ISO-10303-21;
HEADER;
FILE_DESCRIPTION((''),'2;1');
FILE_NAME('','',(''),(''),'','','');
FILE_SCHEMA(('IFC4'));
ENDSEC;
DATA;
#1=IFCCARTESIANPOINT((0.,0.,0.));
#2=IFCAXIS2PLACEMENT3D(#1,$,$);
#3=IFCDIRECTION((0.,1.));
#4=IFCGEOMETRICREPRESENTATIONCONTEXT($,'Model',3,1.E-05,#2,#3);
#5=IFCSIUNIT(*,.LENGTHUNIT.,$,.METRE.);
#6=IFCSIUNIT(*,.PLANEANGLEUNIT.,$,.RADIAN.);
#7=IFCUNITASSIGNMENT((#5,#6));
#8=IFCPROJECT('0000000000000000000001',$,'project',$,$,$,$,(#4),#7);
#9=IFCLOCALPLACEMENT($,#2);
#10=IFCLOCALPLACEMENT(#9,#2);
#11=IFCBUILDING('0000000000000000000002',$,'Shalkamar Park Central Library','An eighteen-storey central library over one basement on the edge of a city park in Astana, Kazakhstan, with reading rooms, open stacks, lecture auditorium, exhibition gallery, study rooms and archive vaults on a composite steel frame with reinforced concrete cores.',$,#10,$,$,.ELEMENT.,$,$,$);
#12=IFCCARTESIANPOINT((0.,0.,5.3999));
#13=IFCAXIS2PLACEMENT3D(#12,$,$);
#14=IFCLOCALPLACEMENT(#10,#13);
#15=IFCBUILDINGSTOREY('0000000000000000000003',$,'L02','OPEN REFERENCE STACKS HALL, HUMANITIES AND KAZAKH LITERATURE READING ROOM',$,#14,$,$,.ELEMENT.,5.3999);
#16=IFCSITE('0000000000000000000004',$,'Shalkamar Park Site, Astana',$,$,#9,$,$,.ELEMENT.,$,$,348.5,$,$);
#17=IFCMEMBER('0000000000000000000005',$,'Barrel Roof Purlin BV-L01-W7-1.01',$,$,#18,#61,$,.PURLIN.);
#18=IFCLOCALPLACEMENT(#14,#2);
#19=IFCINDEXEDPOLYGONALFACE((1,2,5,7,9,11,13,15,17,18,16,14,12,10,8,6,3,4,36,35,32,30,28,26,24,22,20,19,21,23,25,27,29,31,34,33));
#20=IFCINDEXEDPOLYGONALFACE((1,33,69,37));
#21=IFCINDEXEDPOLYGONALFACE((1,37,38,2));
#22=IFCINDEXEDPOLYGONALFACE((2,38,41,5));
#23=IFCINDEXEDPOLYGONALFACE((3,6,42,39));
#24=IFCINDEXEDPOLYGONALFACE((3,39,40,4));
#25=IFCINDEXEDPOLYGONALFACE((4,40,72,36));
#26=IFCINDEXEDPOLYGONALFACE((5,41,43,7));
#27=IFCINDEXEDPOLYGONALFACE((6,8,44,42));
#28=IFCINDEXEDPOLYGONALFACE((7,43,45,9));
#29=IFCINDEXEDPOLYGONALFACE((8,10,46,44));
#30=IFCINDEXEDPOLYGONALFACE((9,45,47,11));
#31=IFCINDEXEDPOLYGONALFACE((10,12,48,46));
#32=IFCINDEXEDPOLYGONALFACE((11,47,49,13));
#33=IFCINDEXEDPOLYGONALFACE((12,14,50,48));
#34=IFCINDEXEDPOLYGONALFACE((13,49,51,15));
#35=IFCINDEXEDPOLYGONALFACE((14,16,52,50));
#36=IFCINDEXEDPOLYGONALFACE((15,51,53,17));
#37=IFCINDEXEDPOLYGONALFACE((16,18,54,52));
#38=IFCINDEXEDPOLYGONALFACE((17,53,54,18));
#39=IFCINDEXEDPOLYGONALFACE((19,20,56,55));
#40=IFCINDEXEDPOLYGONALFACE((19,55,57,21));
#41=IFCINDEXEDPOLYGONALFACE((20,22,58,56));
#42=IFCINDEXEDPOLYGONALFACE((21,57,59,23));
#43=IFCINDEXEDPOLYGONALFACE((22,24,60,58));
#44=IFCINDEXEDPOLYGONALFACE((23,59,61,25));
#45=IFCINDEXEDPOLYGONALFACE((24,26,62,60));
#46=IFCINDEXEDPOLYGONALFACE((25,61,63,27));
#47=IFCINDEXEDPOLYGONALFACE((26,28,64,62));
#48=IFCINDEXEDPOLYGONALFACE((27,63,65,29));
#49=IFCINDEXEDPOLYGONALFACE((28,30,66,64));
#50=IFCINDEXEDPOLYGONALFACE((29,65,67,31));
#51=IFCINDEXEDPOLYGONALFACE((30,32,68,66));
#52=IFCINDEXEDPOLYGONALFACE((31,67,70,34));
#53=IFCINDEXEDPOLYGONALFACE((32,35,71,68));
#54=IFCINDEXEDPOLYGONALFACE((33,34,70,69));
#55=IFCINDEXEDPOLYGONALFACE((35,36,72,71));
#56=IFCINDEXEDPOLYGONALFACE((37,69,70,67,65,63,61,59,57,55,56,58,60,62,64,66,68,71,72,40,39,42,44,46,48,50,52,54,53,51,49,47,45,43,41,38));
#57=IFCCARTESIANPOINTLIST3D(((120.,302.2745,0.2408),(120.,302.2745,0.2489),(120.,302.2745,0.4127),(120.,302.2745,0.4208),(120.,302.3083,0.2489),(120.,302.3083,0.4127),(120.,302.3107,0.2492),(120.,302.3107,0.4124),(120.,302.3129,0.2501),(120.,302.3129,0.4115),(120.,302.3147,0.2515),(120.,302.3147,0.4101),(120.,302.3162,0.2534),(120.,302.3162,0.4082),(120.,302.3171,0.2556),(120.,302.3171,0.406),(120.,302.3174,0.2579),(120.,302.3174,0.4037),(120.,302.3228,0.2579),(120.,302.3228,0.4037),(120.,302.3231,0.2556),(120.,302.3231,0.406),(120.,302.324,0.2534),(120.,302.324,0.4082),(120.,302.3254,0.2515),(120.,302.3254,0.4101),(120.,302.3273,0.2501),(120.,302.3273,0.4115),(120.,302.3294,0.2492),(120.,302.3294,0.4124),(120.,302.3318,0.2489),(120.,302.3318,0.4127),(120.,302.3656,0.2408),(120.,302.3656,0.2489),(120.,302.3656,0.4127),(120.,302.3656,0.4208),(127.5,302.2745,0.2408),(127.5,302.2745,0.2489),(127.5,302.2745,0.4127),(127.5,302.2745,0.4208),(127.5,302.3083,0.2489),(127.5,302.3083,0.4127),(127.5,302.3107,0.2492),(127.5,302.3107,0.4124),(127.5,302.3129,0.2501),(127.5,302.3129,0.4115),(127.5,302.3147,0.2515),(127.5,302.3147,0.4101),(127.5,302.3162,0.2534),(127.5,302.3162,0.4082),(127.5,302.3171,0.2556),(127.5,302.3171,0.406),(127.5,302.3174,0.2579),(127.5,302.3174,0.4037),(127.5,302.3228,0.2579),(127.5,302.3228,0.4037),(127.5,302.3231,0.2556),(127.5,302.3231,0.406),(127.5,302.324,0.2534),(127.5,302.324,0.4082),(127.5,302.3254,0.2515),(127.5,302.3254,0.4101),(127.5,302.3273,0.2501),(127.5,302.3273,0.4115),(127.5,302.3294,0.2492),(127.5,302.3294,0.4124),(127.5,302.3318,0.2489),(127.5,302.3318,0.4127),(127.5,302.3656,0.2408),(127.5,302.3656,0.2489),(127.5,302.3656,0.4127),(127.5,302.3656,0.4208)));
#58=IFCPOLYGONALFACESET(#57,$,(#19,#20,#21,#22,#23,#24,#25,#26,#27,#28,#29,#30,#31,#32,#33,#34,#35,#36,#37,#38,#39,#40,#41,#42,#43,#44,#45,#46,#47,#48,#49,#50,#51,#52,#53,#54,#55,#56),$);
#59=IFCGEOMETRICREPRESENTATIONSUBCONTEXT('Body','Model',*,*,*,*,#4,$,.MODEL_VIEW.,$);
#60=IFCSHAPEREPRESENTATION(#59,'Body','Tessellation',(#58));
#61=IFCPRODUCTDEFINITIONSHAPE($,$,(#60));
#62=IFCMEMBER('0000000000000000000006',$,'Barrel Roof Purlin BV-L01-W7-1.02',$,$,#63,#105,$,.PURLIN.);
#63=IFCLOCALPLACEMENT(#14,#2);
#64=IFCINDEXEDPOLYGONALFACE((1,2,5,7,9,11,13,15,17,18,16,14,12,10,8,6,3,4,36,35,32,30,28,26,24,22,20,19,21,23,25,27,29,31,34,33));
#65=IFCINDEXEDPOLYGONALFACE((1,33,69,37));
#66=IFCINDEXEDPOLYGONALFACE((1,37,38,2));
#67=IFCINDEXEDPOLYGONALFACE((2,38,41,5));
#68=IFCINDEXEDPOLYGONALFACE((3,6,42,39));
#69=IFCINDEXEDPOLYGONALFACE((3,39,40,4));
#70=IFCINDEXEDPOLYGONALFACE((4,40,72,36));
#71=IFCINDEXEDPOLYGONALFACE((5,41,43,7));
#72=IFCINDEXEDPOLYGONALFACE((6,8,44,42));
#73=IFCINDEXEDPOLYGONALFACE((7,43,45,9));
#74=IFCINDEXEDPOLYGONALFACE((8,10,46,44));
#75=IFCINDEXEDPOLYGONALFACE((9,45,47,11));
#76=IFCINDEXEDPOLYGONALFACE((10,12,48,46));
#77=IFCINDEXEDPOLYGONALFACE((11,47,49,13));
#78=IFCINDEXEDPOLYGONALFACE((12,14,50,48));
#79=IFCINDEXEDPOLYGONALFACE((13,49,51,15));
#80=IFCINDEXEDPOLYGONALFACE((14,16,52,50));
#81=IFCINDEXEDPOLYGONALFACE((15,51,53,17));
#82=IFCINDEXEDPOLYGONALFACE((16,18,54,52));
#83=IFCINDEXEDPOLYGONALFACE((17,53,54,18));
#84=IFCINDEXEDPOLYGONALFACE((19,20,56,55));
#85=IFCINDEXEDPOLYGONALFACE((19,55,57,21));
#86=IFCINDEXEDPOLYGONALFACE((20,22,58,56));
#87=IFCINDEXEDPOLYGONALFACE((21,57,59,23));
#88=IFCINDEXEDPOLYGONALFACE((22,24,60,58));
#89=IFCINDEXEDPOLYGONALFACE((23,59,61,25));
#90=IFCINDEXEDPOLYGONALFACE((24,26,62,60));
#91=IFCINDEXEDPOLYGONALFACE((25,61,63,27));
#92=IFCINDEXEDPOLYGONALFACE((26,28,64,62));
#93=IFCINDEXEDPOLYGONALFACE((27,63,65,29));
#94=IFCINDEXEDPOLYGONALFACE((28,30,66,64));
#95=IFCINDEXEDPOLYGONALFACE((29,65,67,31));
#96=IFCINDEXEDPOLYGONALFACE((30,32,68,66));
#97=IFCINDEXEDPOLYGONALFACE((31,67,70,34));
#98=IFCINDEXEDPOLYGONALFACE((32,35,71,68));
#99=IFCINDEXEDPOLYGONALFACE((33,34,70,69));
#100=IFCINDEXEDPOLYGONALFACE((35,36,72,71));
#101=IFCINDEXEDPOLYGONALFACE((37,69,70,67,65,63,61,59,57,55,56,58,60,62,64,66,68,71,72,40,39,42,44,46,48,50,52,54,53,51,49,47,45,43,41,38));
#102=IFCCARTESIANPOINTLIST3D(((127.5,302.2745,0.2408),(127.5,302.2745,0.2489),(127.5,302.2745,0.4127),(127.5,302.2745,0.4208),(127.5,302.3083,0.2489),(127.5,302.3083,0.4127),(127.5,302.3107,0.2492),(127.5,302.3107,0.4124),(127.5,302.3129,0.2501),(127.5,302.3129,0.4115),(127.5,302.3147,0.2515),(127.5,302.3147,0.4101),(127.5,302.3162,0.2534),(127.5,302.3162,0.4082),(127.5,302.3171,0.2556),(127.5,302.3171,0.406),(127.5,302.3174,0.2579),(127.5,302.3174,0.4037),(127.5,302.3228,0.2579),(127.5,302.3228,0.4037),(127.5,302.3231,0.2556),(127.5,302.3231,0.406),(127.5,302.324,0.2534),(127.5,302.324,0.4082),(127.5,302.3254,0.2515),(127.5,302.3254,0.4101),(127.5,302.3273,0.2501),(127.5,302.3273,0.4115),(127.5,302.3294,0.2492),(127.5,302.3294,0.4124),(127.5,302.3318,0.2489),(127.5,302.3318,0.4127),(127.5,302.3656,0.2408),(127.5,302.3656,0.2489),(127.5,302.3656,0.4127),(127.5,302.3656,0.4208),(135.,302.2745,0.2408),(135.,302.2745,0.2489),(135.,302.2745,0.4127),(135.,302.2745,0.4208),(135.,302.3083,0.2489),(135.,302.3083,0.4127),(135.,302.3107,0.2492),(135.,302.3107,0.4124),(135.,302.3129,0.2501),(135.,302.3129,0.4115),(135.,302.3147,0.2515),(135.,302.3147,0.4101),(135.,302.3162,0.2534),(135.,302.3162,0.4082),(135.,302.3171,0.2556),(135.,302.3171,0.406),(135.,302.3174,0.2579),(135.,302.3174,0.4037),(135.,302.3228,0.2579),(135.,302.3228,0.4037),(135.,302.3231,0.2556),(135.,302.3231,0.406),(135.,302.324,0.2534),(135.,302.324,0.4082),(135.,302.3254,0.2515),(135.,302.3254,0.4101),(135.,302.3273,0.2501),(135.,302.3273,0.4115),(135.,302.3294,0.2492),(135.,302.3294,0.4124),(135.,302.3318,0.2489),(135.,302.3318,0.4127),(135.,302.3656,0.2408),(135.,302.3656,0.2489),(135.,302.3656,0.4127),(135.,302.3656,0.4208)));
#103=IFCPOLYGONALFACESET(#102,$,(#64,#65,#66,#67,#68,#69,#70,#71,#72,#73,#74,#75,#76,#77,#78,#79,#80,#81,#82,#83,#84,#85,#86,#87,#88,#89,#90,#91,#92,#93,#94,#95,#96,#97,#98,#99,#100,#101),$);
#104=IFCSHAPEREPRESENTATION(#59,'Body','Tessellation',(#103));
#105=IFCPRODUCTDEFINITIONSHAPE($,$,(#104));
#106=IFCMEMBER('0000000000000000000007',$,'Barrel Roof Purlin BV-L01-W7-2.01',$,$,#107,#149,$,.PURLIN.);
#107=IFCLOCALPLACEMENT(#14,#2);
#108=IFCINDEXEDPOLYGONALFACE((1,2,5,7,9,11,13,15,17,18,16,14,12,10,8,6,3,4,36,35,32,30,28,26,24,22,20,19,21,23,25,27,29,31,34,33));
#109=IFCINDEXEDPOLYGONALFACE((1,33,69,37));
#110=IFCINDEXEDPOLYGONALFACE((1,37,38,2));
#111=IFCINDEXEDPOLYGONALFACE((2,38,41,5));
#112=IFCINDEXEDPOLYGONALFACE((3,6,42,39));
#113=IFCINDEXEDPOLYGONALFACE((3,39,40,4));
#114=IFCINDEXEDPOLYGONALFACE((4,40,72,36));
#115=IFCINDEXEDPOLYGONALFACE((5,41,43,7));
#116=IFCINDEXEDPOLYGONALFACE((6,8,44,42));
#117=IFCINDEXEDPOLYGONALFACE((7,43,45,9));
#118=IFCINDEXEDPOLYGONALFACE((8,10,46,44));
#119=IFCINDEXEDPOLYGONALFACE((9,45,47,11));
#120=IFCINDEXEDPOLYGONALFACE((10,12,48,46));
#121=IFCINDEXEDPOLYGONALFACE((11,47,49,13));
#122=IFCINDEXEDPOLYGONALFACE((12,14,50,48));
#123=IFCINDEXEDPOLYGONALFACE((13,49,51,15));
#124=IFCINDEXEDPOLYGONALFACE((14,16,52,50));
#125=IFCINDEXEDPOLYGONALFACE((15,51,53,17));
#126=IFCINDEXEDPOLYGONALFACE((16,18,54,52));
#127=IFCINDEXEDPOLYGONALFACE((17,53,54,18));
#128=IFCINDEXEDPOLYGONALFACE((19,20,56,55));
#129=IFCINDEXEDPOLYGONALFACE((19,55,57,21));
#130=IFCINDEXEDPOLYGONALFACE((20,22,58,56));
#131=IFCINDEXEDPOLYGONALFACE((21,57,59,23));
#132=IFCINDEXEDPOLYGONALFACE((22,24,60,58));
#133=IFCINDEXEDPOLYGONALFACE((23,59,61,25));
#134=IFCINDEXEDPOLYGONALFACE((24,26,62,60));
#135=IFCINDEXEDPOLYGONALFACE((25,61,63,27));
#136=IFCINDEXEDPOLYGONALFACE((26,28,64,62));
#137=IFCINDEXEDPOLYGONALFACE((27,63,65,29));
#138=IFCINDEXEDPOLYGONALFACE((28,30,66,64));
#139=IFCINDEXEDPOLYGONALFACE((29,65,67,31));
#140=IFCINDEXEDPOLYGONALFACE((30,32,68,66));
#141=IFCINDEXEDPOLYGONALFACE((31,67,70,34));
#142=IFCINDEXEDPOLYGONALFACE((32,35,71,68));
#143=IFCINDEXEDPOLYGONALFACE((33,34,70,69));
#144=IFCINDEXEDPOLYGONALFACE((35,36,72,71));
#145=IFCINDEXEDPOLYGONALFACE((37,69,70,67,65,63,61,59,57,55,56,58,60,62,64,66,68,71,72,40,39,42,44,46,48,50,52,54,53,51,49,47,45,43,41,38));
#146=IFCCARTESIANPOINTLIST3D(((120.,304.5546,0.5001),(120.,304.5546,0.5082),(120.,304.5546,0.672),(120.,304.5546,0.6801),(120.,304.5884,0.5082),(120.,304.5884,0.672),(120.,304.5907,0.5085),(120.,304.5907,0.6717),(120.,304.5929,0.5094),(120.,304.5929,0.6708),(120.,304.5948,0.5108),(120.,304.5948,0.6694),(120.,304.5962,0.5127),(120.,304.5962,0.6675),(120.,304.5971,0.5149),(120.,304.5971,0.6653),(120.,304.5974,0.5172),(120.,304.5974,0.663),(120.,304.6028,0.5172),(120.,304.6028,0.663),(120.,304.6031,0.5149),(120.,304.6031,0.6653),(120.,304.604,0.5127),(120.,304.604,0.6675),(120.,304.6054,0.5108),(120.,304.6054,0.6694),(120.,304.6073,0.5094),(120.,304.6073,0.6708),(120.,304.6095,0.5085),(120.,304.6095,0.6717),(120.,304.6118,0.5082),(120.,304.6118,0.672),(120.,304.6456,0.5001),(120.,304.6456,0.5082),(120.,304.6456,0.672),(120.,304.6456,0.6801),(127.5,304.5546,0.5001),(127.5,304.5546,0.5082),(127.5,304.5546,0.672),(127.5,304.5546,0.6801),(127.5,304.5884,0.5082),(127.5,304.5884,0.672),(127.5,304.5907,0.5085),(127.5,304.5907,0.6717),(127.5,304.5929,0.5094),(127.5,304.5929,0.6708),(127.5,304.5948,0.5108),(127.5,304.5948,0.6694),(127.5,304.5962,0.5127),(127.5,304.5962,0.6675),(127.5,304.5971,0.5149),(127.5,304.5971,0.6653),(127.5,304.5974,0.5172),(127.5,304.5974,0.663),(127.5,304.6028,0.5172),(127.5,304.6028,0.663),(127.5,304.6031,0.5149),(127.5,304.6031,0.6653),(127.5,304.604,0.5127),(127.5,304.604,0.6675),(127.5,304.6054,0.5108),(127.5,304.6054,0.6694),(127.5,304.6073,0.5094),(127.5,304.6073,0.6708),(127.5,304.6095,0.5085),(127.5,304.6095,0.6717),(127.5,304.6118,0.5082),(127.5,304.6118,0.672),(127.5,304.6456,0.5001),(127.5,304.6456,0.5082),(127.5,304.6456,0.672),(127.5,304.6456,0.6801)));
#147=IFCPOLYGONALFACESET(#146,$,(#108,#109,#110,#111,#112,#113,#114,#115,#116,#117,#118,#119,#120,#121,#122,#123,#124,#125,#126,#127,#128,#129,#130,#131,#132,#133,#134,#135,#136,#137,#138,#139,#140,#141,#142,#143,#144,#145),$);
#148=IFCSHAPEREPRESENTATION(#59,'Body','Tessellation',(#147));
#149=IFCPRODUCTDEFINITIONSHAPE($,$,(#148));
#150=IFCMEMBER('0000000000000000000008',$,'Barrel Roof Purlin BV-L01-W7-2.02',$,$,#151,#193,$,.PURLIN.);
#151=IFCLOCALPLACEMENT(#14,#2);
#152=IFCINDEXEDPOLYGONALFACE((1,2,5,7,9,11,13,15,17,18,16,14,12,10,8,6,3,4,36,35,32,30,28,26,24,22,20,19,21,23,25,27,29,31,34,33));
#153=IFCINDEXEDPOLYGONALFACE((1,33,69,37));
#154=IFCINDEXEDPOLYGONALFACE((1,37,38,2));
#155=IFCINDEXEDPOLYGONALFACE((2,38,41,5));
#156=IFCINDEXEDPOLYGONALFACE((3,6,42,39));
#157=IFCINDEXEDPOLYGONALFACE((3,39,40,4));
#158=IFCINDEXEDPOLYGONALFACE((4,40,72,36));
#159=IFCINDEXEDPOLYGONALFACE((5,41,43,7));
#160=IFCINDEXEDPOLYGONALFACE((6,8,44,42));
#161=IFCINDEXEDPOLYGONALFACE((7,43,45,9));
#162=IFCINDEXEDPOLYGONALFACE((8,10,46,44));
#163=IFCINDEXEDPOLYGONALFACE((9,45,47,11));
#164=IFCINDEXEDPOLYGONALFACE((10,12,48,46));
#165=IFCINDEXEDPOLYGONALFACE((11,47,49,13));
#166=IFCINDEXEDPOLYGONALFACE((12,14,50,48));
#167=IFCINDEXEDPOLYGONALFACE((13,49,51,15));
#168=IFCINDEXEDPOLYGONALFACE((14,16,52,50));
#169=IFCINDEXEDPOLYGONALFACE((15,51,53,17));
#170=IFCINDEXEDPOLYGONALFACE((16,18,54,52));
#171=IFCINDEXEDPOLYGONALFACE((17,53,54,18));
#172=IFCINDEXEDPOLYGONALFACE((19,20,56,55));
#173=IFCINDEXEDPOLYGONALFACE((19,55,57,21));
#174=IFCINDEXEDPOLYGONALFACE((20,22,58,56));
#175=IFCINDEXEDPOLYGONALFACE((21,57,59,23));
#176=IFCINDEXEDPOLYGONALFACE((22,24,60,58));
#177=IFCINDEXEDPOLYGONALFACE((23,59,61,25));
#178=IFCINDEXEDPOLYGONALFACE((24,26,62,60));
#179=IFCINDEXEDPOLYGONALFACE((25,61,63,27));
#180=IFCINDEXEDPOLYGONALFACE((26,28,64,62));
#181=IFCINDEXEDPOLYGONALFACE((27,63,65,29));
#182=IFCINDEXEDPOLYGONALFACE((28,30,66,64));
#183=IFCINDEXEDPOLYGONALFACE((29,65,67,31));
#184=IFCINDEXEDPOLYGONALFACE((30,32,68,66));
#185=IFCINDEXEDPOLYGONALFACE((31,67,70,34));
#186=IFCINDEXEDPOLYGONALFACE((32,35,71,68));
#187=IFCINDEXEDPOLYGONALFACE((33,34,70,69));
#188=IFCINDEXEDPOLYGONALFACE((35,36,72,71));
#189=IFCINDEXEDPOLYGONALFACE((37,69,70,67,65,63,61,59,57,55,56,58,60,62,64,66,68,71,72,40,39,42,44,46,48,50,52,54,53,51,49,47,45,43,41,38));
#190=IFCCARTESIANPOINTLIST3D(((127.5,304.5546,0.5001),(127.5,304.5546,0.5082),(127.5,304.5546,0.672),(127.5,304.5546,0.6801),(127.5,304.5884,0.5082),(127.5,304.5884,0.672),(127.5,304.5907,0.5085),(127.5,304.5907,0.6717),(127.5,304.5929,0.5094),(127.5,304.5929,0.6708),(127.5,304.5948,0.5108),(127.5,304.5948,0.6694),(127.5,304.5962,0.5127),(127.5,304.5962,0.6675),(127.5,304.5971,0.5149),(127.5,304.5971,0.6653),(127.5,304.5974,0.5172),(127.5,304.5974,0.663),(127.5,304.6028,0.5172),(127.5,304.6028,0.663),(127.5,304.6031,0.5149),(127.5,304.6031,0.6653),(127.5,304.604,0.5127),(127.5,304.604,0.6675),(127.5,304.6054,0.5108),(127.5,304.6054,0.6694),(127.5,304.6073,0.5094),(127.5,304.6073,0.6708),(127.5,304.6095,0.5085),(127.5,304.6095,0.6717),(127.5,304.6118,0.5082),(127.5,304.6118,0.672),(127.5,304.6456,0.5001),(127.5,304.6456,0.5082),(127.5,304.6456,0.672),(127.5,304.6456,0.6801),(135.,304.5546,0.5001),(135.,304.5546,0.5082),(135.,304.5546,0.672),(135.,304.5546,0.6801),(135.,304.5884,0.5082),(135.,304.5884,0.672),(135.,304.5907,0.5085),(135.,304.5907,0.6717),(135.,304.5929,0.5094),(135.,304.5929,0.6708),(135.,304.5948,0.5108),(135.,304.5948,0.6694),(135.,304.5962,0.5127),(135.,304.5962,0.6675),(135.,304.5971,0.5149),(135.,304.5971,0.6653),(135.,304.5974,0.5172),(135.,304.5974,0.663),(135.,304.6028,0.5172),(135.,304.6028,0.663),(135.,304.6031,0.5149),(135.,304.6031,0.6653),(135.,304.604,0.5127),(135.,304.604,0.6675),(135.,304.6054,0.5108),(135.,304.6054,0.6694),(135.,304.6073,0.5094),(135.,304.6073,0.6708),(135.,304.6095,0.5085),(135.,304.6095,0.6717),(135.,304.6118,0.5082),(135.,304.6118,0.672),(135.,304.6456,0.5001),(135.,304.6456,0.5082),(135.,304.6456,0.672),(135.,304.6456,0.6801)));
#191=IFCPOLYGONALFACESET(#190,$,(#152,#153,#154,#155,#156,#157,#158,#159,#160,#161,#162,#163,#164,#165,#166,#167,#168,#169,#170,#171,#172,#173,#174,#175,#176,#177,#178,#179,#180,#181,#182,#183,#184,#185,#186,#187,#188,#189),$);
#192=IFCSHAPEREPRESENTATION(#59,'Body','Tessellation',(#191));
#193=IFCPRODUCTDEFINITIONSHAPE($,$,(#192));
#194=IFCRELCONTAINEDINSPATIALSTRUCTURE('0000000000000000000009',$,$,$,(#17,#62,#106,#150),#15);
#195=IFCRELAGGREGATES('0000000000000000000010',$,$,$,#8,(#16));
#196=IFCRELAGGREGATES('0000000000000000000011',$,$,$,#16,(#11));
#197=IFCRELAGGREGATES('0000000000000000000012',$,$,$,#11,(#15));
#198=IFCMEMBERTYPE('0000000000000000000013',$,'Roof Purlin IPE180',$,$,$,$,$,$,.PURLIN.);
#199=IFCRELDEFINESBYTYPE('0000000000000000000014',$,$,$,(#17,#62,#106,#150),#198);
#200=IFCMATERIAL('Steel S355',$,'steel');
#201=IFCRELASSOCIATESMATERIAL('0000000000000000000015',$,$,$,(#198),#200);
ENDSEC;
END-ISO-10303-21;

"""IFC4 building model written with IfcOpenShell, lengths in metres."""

from ifc_helpers import new_model, si_unit, direction, frame, origin, origin_2d, place, context, subcontext, project, spatial, i_section, extrude, material, material_profile, profile_set, type_object, element, save


model = new_model("IFC4")

# Units and contexts
model_context = context("Model", 3, precision=1e-05, world=origin(), true_north=direction((0.0, 1.0)))
body_context = subcontext(model_context, "Body", "Model", "MODEL_VIEW")
ifc_project = project(units=[si_unit("LENGTHUNIT", "METRE"), si_unit("PLANEANGLEUNIT", "RADIAN")], contexts=[model_context])

# Site, building, storey
site_placement = place(None, origin())
site = spatial("IfcSite", under=ifc_project, at=site_placement, Name="Shalkamar Park Site, Astana", CompositionType="ELEMENT", RefElevation=348.5)
building_placement = place(site_placement, origin())
building = spatial("IfcBuilding", under=site, at=building_placement, Name="Shalkamar Park Central Library", Description="An eighteen-storey central library over one basement on the edge of a city park in Astana, Kazakhstan, with reading rooms, open stacks, lecture auditorium, exhibition gallery, study rooms and archive vaults on a composite steel frame with reinforced concrete cores.", CompositionType="ELEMENT")
storey_placement = place(building_placement, frame((0.0, 0.0, 5.3999)))
storey = spatial("IfcBuildingStorey", under=building, at=storey_placement, Name="L02", Description="OPEN REFERENCE STACKS HALL, HUMANITIES AND KAZAKH LITERATURE READING ROOM", CompositionType="ELEMENT", Elevation=5.3999)

# Shared definitions
ifc_material_1 = material(Name="Steel S355", Category="steel")

# Members
ifc_material_profile_1 = material_profile(ifc_material_1, i_section(OverallWidth=0.0911, OverallDepth=0.1799, WebThickness=0.0054, FlangeThickness=0.0081, FilletRadius=0.009, at=origin_2d()), Name="IPE 180")
ifc_profile_set_1 = profile_set([ifc_material_profile_1], Name="Steel S355")
member_type_1 = type_object("IfcMemberType", Name="Roof Purlin IPE180", PredefinedType="PURLIN", material=ifc_profile_set_1)
for number, where, z_axis, x_axis, name in (
    (1, (120.0, 302.3201, 0.3308), (1.0, 0.0, 0.0), (0.0, 1.0, 0.0), "Barrel Roof Purlin BV-L01-W7-1.01"),
    (2, (127.5, 302.3201, 0.3308), (1.0, 0.0, 0.0), (0.0, 1.0, 0.0), "Barrel Roof Purlin BV-L01-W7-1.02"),
    (3, (120.0, 304.6001, 0.5901), (1.0, 0.0, 0.0), (0.0, 1.0, 0.0), "Barrel Roof Purlin BV-L01-W7-2.01"),
    (4, (127.5, 304.6001, 0.5901), (1.0, 0.0, 0.0), (0.0, 1.0, 0.0), "Barrel Roof Purlin BV-L01-W7-2.02"),
):
    element("IfcMember", number, at=place(storey_placement, frame(where, z_axis=z_axis, x_axis=x_axis)), inside=storey, type_object=member_type_1, Name=name, PredefinedType="PURLIN", context=body_context, shape_type="SweptSolid", body=[
        extrude(i_section(OverallWidth=0.0911, OverallDepth=0.1799, WebThickness=0.0054, FlangeThickness=0.0081, FilletRadius=0.009, at=origin_2d()), origin(), (0.0, 0.0, 1.0), 7.5),
    ])

save(model, "model.ifc")
